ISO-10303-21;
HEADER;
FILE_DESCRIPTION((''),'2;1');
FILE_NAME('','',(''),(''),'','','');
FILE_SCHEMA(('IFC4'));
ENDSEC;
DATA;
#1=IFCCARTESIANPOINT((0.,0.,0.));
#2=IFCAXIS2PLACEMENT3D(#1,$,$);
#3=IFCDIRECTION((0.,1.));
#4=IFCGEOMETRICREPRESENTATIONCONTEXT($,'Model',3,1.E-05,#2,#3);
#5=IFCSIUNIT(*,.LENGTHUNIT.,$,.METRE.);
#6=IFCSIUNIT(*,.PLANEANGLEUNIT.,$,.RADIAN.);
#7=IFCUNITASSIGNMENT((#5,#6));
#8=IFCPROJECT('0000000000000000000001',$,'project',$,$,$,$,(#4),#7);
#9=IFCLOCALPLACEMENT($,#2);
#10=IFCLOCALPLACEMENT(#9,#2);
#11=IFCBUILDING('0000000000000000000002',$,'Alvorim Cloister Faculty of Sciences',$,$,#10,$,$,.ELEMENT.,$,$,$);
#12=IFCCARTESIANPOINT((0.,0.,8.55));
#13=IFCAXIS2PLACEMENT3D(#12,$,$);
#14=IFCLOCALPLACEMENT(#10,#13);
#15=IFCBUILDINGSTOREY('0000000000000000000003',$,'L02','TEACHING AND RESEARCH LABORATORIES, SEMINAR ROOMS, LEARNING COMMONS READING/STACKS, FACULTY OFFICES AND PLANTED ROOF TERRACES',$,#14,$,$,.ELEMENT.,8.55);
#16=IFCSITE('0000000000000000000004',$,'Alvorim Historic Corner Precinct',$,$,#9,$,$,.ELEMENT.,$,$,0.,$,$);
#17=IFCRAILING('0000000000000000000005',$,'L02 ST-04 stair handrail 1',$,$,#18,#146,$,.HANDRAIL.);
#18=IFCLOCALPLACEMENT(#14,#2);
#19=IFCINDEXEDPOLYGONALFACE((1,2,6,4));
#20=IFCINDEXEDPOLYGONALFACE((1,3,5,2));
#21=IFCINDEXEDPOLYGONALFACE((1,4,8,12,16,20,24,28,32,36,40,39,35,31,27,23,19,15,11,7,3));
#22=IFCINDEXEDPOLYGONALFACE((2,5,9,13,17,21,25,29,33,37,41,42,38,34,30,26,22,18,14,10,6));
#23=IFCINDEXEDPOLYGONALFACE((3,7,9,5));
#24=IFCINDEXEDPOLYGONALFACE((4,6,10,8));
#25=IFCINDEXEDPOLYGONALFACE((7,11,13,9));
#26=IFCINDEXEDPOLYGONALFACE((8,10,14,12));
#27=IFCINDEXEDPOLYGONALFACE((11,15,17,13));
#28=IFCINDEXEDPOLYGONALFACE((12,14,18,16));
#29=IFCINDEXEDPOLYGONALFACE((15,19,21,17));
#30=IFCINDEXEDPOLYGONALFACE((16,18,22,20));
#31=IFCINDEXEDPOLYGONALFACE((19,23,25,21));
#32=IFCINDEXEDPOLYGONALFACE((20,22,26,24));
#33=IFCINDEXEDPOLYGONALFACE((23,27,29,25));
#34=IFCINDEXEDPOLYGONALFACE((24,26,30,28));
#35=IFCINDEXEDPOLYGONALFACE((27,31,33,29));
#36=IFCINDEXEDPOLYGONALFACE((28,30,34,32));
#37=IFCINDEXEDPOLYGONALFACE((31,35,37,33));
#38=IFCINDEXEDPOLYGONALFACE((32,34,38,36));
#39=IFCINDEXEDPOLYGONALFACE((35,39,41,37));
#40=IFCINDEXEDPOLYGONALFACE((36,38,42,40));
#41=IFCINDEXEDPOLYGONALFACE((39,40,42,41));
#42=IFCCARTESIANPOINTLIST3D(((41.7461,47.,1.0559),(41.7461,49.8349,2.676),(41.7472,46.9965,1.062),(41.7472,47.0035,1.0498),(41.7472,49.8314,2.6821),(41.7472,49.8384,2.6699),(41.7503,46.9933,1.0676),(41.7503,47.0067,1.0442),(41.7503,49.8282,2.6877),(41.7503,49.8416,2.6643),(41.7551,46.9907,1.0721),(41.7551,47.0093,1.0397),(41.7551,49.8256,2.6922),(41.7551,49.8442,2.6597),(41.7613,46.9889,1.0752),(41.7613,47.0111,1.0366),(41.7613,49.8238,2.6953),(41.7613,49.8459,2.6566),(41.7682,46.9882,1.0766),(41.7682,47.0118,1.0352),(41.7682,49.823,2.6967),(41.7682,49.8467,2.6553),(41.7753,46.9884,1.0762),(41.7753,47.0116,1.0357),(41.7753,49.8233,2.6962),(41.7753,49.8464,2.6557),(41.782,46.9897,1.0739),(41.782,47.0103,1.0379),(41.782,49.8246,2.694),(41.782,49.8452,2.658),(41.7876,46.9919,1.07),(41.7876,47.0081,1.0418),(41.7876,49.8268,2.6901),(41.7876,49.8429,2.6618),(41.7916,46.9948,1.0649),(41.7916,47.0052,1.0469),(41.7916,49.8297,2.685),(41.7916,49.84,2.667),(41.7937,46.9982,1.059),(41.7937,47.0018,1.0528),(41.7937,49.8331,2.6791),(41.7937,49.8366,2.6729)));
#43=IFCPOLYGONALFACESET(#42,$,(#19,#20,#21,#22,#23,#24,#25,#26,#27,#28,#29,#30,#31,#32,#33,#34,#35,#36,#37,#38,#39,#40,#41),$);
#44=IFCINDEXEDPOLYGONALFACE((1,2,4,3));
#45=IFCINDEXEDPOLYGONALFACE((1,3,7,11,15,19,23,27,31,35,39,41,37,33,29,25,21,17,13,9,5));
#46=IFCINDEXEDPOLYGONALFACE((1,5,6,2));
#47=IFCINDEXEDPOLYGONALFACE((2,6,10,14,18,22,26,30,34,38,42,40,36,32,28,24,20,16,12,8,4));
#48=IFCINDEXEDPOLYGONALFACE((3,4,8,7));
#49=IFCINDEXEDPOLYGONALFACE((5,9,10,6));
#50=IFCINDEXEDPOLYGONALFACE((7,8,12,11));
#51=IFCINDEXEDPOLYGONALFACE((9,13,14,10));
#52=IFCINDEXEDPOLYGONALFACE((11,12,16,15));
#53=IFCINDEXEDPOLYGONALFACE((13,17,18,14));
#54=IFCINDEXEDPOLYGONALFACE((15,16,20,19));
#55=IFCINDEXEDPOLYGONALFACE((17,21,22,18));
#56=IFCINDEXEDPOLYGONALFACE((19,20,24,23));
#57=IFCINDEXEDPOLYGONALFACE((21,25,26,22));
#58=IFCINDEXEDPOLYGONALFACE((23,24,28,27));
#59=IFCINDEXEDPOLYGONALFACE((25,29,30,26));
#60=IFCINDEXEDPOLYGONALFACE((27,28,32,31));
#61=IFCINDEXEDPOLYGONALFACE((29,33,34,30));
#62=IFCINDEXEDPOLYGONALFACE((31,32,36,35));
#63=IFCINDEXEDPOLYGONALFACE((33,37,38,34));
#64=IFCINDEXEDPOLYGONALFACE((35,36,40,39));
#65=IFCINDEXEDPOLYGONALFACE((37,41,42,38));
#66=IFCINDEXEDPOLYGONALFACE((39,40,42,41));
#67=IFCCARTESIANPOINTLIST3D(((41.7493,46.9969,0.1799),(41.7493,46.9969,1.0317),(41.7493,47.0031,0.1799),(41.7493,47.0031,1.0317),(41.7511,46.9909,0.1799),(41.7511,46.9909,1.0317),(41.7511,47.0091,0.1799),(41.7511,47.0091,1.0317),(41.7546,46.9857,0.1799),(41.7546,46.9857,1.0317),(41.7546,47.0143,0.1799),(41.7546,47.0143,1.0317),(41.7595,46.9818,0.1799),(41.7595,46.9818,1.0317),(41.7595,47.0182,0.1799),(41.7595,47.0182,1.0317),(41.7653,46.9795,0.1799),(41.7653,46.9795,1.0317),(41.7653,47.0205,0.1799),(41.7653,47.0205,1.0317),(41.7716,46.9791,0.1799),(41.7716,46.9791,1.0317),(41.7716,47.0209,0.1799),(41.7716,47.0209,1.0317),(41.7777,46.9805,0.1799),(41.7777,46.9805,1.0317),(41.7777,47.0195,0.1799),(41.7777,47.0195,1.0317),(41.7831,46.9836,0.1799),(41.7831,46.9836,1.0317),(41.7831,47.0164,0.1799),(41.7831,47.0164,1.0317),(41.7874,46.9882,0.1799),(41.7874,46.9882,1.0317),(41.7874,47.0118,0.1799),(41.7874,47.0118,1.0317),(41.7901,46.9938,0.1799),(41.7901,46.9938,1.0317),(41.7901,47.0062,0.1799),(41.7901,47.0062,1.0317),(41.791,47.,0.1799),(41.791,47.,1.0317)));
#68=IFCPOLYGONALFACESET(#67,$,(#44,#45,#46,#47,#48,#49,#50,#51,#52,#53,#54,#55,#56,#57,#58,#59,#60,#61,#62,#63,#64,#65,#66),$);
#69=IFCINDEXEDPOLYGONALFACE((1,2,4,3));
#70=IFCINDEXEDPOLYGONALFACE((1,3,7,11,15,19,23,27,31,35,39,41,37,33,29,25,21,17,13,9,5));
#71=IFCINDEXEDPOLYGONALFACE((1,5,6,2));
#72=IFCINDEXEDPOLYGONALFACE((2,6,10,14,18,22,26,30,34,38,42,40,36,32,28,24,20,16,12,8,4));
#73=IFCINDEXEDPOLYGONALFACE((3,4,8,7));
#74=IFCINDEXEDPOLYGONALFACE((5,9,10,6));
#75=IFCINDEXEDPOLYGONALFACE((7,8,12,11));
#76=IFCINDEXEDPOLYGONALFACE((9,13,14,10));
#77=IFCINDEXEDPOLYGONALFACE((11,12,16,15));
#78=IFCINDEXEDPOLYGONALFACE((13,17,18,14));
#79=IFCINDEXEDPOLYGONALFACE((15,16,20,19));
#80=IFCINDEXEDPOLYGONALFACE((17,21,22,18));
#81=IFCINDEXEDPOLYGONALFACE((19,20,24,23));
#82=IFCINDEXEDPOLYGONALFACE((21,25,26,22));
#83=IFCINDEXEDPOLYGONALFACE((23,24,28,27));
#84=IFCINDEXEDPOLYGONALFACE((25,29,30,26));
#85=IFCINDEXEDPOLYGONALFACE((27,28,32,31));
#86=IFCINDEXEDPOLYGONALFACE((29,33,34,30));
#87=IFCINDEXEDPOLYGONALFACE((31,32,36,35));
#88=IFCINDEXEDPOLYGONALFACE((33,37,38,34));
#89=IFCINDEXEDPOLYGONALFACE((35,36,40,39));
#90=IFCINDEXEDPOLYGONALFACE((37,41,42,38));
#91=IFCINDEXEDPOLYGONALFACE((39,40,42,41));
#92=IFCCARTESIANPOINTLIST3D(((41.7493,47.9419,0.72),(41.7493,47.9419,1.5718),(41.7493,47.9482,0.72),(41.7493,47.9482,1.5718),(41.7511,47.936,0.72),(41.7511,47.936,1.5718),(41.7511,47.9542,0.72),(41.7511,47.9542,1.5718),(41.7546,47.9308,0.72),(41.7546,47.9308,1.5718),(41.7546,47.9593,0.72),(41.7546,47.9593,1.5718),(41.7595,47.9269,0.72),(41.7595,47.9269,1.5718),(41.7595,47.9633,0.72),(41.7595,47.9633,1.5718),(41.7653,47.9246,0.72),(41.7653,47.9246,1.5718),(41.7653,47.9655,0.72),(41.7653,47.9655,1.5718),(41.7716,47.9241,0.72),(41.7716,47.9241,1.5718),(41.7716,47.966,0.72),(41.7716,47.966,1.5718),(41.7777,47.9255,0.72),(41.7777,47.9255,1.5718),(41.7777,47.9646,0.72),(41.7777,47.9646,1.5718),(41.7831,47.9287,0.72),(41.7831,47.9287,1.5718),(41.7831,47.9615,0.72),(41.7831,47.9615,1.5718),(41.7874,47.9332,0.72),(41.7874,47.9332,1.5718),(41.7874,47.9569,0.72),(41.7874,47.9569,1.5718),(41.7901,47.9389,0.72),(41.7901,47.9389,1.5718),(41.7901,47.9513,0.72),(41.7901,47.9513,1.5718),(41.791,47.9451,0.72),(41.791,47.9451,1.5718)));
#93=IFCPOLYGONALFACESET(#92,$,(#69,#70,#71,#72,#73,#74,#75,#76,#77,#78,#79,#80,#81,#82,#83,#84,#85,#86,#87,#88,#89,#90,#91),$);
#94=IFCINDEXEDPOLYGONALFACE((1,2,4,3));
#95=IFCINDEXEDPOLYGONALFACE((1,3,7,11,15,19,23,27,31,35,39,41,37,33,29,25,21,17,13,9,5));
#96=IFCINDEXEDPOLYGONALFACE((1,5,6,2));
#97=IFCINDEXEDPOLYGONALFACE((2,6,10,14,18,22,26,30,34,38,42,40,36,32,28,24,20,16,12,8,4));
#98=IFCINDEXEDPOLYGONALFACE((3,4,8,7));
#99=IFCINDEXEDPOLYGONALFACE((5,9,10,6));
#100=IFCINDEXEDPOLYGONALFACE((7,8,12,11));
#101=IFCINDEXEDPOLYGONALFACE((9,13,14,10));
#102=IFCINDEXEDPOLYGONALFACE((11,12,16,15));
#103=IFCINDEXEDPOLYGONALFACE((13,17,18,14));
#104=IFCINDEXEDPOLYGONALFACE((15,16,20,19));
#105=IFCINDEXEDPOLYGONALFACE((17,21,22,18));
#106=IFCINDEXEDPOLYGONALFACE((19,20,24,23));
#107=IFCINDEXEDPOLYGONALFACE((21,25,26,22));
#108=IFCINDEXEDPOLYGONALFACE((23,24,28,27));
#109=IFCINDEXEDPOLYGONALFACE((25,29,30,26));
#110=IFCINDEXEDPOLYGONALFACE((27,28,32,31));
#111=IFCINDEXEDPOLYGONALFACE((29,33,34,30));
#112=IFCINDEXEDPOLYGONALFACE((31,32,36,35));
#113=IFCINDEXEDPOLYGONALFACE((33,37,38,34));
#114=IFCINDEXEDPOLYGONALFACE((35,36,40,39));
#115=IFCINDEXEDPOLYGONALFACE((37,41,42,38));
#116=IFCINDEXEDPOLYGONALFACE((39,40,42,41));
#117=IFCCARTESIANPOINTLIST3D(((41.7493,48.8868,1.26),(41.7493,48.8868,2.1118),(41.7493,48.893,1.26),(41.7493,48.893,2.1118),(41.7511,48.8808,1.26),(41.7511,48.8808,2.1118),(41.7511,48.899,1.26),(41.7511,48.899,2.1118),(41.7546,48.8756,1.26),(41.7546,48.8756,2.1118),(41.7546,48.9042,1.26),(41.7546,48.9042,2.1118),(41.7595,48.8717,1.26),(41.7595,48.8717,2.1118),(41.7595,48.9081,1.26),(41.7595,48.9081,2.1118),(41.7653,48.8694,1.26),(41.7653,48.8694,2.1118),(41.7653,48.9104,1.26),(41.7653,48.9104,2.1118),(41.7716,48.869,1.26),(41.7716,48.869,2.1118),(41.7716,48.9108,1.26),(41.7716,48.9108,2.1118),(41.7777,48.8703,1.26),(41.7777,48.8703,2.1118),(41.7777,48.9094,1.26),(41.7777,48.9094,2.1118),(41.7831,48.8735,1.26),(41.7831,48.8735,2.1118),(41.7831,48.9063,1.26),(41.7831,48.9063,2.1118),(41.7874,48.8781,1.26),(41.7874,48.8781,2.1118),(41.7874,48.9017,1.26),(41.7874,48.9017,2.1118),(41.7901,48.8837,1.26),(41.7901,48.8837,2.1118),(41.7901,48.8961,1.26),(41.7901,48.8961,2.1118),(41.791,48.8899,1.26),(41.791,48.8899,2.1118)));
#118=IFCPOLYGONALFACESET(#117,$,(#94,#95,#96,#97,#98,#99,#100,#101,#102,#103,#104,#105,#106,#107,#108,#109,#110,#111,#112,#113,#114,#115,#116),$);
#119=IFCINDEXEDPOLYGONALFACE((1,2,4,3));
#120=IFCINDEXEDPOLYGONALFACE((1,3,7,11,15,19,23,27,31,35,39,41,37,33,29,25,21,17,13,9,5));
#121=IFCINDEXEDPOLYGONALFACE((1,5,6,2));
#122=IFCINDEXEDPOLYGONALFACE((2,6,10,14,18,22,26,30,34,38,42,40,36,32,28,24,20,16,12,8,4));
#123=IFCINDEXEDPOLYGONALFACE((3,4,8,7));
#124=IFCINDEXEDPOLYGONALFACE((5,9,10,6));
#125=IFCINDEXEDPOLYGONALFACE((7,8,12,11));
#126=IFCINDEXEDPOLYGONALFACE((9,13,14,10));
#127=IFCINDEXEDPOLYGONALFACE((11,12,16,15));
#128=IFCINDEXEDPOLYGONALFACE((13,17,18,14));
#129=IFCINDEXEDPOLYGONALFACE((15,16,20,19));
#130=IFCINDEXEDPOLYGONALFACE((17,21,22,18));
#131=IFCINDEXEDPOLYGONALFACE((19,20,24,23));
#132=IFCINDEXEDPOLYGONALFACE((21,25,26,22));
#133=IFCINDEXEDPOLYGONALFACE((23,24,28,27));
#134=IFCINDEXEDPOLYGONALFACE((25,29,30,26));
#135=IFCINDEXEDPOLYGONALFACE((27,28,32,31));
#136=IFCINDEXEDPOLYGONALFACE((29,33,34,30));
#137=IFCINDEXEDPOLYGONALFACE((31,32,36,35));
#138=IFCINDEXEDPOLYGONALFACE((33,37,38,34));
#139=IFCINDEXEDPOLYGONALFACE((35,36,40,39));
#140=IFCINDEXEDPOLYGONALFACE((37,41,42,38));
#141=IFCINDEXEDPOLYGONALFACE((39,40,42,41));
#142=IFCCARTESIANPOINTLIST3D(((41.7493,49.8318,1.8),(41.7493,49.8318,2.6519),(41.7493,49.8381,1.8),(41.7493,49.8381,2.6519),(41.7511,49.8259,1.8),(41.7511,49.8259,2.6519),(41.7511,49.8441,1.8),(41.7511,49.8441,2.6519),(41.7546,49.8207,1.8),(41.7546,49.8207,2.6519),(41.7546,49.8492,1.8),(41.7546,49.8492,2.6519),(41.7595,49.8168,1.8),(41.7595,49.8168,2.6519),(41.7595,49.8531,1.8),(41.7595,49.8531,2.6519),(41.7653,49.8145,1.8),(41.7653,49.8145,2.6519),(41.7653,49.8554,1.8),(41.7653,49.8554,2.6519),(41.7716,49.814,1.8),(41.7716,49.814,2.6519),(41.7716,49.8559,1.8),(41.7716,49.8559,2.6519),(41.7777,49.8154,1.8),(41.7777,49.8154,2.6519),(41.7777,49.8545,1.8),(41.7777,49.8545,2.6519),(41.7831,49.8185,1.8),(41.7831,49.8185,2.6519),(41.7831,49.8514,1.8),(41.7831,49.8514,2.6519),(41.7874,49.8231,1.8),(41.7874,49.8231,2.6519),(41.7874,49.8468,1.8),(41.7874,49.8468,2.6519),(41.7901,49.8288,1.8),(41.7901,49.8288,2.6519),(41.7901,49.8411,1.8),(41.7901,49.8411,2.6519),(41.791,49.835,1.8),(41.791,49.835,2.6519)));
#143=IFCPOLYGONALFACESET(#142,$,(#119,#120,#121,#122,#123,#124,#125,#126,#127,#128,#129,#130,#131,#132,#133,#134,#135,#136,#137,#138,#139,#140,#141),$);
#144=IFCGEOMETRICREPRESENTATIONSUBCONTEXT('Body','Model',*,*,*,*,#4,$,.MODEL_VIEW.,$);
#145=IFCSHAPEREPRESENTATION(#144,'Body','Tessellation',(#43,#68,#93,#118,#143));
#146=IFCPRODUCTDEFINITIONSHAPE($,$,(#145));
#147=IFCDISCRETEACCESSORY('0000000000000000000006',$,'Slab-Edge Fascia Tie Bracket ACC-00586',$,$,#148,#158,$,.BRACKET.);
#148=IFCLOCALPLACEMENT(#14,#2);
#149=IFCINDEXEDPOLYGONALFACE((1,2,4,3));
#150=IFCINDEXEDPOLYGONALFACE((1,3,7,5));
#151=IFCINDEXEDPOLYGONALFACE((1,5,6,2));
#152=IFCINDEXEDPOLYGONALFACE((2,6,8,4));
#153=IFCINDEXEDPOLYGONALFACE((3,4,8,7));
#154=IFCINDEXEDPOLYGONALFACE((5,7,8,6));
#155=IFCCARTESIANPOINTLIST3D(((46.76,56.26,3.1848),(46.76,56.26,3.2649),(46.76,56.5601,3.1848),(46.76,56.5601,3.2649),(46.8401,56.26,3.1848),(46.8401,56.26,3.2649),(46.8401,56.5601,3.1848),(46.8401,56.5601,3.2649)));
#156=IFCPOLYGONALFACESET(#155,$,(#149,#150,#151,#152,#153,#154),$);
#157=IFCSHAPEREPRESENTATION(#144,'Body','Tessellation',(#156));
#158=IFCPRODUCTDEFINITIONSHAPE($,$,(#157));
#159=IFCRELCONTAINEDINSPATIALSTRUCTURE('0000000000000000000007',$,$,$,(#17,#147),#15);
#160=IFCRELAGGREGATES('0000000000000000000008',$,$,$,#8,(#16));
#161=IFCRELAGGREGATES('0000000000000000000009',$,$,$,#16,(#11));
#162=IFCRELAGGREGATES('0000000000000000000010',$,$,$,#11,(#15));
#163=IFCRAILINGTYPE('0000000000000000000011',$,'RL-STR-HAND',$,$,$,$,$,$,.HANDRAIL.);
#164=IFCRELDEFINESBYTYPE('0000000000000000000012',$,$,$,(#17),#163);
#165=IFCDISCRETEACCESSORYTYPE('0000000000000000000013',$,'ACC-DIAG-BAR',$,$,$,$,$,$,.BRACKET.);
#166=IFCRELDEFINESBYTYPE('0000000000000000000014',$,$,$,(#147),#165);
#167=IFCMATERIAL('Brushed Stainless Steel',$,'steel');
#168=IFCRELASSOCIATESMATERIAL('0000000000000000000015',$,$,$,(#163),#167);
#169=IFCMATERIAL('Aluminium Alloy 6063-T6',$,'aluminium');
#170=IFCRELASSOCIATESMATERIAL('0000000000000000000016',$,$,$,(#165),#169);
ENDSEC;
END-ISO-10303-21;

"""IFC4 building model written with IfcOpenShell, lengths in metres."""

from ifc_helpers import new_model, si_unit, direction, frame, origin, origin_2d, place, context, subcontext, project, spatial, rectangle, circle, extrude, material, type_object, element, save


model = new_model("IFC4")

# Units and contexts
model_context = context("Model", 3, precision=1e-05, world=origin(), true_north=direction((0.0, 1.0)))
body_context = subcontext(model_context, "Body", "Model", "MODEL_VIEW")
ifc_project = project(units=[si_unit("LENGTHUNIT", "METRE"), si_unit("PLANEANGLEUNIT", "RADIAN")], contexts=[model_context])

# Site, building, storey
site_placement = place(None, origin())
site = spatial("IfcSite", under=ifc_project, at=site_placement, Name="Alvorim Historic Corner Precinct", CompositionType="ELEMENT", RefElevation=0.0)
building_placement = place(site_placement, origin())
building = spatial("IfcBuilding", under=site, at=building_placement, Name="Alvorim Cloister Faculty of Sciences", CompositionType="ELEMENT")
storey_placement = place(building_placement, frame((0.0, 0.0, 8.55)))
storey = spatial("IfcBuildingStorey", under=building, at=storey_placement, Name="L02", Description="TEACHING AND RESEARCH LABORATORIES, SEMINAR ROOMS, LEARNING COMMONS READING/STACKS, FACULTY OFFICES AND PLANTED ROOF TERRACES", CompositionType="ELEMENT", Elevation=8.55)

# Shared definitions
ifc_material_1 = material(Name="Aluminium Alloy 6063-T6", Category="aluminium")

# Railing
ifc_material_2 = material(Name="Brushed Stainless Steel", Category="steel")
railing_type_1 = type_object("IfcRailingType", Name="RL-STR-HAND", PredefinedType="HANDRAIL", material=ifc_material_2)
railing_1_placement = place(storey_placement, frame((41.77, 47.0, 0.1799)))
element("IfcRailing", 1, at=railing_1_placement, inside=storey, type_object=railing_type_1, Name="L02 ST-04 stair handrail 1", PredefinedType="HANDRAIL", context=body_context, shape_type="SweptSolid", body=[
    extrude(circle(Radius=0.0239, at=origin_2d()), frame((0.0, 0.0, 0.876), z_axis=(0.0, 0.868225, 0.496171), x_axis=(-1.0, 0.0, 0.0)), (0.0, 0.0, 1.0), 3.2651),
    extrude(circle(Radius=0.021, at=origin_2d()), origin(), (0.0, 0.0, 1.0), 0.8518),
    extrude(circle(Radius=0.021, at=origin_2d()), frame((0.0, 0.9451, 0.54)), (0.0, 0.0, 1.0), 0.8518),
    extrude(circle(Radius=0.021, at=origin_2d()), frame((0.0, 1.8899, 1.0801)), (0.0, 0.0, 1.0), 0.8518),
    extrude(circle(Radius=0.021, at=origin_2d()), frame((0.0, 2.835, 1.6201)), (0.0, 0.0, 1.0), 0.8518),
])

# Discrete accessory
discrete_accessory_type = type_object("IfcDiscreteAccessoryType", Name="ACC-DIAG-BAR", PredefinedType="BRACKET", material=ifc_material_1)
discrete_accessory_placement = place(storey_placement, frame((46.8, 56.26, 3.2249), z_axis=(0.0, 1.0, 0.0), x_axis=(-1.0, 0.0, 0.0)))
element("IfcDiscreteAccessory", 2, at=discrete_accessory_placement, inside=storey, type_object=discrete_accessory_type, Name="Slab-Edge Fascia Tie Bracket ACC-00586", PredefinedType="BRACKET", context=body_context, shape_type="SweptSolid", body=[
    extrude(rectangle(XDim=0.0801, YDim=0.0801, at=origin_2d()), origin(), (0.0, 0.0, 1.0), 0.3),
])

save(model, "model.ifc")
